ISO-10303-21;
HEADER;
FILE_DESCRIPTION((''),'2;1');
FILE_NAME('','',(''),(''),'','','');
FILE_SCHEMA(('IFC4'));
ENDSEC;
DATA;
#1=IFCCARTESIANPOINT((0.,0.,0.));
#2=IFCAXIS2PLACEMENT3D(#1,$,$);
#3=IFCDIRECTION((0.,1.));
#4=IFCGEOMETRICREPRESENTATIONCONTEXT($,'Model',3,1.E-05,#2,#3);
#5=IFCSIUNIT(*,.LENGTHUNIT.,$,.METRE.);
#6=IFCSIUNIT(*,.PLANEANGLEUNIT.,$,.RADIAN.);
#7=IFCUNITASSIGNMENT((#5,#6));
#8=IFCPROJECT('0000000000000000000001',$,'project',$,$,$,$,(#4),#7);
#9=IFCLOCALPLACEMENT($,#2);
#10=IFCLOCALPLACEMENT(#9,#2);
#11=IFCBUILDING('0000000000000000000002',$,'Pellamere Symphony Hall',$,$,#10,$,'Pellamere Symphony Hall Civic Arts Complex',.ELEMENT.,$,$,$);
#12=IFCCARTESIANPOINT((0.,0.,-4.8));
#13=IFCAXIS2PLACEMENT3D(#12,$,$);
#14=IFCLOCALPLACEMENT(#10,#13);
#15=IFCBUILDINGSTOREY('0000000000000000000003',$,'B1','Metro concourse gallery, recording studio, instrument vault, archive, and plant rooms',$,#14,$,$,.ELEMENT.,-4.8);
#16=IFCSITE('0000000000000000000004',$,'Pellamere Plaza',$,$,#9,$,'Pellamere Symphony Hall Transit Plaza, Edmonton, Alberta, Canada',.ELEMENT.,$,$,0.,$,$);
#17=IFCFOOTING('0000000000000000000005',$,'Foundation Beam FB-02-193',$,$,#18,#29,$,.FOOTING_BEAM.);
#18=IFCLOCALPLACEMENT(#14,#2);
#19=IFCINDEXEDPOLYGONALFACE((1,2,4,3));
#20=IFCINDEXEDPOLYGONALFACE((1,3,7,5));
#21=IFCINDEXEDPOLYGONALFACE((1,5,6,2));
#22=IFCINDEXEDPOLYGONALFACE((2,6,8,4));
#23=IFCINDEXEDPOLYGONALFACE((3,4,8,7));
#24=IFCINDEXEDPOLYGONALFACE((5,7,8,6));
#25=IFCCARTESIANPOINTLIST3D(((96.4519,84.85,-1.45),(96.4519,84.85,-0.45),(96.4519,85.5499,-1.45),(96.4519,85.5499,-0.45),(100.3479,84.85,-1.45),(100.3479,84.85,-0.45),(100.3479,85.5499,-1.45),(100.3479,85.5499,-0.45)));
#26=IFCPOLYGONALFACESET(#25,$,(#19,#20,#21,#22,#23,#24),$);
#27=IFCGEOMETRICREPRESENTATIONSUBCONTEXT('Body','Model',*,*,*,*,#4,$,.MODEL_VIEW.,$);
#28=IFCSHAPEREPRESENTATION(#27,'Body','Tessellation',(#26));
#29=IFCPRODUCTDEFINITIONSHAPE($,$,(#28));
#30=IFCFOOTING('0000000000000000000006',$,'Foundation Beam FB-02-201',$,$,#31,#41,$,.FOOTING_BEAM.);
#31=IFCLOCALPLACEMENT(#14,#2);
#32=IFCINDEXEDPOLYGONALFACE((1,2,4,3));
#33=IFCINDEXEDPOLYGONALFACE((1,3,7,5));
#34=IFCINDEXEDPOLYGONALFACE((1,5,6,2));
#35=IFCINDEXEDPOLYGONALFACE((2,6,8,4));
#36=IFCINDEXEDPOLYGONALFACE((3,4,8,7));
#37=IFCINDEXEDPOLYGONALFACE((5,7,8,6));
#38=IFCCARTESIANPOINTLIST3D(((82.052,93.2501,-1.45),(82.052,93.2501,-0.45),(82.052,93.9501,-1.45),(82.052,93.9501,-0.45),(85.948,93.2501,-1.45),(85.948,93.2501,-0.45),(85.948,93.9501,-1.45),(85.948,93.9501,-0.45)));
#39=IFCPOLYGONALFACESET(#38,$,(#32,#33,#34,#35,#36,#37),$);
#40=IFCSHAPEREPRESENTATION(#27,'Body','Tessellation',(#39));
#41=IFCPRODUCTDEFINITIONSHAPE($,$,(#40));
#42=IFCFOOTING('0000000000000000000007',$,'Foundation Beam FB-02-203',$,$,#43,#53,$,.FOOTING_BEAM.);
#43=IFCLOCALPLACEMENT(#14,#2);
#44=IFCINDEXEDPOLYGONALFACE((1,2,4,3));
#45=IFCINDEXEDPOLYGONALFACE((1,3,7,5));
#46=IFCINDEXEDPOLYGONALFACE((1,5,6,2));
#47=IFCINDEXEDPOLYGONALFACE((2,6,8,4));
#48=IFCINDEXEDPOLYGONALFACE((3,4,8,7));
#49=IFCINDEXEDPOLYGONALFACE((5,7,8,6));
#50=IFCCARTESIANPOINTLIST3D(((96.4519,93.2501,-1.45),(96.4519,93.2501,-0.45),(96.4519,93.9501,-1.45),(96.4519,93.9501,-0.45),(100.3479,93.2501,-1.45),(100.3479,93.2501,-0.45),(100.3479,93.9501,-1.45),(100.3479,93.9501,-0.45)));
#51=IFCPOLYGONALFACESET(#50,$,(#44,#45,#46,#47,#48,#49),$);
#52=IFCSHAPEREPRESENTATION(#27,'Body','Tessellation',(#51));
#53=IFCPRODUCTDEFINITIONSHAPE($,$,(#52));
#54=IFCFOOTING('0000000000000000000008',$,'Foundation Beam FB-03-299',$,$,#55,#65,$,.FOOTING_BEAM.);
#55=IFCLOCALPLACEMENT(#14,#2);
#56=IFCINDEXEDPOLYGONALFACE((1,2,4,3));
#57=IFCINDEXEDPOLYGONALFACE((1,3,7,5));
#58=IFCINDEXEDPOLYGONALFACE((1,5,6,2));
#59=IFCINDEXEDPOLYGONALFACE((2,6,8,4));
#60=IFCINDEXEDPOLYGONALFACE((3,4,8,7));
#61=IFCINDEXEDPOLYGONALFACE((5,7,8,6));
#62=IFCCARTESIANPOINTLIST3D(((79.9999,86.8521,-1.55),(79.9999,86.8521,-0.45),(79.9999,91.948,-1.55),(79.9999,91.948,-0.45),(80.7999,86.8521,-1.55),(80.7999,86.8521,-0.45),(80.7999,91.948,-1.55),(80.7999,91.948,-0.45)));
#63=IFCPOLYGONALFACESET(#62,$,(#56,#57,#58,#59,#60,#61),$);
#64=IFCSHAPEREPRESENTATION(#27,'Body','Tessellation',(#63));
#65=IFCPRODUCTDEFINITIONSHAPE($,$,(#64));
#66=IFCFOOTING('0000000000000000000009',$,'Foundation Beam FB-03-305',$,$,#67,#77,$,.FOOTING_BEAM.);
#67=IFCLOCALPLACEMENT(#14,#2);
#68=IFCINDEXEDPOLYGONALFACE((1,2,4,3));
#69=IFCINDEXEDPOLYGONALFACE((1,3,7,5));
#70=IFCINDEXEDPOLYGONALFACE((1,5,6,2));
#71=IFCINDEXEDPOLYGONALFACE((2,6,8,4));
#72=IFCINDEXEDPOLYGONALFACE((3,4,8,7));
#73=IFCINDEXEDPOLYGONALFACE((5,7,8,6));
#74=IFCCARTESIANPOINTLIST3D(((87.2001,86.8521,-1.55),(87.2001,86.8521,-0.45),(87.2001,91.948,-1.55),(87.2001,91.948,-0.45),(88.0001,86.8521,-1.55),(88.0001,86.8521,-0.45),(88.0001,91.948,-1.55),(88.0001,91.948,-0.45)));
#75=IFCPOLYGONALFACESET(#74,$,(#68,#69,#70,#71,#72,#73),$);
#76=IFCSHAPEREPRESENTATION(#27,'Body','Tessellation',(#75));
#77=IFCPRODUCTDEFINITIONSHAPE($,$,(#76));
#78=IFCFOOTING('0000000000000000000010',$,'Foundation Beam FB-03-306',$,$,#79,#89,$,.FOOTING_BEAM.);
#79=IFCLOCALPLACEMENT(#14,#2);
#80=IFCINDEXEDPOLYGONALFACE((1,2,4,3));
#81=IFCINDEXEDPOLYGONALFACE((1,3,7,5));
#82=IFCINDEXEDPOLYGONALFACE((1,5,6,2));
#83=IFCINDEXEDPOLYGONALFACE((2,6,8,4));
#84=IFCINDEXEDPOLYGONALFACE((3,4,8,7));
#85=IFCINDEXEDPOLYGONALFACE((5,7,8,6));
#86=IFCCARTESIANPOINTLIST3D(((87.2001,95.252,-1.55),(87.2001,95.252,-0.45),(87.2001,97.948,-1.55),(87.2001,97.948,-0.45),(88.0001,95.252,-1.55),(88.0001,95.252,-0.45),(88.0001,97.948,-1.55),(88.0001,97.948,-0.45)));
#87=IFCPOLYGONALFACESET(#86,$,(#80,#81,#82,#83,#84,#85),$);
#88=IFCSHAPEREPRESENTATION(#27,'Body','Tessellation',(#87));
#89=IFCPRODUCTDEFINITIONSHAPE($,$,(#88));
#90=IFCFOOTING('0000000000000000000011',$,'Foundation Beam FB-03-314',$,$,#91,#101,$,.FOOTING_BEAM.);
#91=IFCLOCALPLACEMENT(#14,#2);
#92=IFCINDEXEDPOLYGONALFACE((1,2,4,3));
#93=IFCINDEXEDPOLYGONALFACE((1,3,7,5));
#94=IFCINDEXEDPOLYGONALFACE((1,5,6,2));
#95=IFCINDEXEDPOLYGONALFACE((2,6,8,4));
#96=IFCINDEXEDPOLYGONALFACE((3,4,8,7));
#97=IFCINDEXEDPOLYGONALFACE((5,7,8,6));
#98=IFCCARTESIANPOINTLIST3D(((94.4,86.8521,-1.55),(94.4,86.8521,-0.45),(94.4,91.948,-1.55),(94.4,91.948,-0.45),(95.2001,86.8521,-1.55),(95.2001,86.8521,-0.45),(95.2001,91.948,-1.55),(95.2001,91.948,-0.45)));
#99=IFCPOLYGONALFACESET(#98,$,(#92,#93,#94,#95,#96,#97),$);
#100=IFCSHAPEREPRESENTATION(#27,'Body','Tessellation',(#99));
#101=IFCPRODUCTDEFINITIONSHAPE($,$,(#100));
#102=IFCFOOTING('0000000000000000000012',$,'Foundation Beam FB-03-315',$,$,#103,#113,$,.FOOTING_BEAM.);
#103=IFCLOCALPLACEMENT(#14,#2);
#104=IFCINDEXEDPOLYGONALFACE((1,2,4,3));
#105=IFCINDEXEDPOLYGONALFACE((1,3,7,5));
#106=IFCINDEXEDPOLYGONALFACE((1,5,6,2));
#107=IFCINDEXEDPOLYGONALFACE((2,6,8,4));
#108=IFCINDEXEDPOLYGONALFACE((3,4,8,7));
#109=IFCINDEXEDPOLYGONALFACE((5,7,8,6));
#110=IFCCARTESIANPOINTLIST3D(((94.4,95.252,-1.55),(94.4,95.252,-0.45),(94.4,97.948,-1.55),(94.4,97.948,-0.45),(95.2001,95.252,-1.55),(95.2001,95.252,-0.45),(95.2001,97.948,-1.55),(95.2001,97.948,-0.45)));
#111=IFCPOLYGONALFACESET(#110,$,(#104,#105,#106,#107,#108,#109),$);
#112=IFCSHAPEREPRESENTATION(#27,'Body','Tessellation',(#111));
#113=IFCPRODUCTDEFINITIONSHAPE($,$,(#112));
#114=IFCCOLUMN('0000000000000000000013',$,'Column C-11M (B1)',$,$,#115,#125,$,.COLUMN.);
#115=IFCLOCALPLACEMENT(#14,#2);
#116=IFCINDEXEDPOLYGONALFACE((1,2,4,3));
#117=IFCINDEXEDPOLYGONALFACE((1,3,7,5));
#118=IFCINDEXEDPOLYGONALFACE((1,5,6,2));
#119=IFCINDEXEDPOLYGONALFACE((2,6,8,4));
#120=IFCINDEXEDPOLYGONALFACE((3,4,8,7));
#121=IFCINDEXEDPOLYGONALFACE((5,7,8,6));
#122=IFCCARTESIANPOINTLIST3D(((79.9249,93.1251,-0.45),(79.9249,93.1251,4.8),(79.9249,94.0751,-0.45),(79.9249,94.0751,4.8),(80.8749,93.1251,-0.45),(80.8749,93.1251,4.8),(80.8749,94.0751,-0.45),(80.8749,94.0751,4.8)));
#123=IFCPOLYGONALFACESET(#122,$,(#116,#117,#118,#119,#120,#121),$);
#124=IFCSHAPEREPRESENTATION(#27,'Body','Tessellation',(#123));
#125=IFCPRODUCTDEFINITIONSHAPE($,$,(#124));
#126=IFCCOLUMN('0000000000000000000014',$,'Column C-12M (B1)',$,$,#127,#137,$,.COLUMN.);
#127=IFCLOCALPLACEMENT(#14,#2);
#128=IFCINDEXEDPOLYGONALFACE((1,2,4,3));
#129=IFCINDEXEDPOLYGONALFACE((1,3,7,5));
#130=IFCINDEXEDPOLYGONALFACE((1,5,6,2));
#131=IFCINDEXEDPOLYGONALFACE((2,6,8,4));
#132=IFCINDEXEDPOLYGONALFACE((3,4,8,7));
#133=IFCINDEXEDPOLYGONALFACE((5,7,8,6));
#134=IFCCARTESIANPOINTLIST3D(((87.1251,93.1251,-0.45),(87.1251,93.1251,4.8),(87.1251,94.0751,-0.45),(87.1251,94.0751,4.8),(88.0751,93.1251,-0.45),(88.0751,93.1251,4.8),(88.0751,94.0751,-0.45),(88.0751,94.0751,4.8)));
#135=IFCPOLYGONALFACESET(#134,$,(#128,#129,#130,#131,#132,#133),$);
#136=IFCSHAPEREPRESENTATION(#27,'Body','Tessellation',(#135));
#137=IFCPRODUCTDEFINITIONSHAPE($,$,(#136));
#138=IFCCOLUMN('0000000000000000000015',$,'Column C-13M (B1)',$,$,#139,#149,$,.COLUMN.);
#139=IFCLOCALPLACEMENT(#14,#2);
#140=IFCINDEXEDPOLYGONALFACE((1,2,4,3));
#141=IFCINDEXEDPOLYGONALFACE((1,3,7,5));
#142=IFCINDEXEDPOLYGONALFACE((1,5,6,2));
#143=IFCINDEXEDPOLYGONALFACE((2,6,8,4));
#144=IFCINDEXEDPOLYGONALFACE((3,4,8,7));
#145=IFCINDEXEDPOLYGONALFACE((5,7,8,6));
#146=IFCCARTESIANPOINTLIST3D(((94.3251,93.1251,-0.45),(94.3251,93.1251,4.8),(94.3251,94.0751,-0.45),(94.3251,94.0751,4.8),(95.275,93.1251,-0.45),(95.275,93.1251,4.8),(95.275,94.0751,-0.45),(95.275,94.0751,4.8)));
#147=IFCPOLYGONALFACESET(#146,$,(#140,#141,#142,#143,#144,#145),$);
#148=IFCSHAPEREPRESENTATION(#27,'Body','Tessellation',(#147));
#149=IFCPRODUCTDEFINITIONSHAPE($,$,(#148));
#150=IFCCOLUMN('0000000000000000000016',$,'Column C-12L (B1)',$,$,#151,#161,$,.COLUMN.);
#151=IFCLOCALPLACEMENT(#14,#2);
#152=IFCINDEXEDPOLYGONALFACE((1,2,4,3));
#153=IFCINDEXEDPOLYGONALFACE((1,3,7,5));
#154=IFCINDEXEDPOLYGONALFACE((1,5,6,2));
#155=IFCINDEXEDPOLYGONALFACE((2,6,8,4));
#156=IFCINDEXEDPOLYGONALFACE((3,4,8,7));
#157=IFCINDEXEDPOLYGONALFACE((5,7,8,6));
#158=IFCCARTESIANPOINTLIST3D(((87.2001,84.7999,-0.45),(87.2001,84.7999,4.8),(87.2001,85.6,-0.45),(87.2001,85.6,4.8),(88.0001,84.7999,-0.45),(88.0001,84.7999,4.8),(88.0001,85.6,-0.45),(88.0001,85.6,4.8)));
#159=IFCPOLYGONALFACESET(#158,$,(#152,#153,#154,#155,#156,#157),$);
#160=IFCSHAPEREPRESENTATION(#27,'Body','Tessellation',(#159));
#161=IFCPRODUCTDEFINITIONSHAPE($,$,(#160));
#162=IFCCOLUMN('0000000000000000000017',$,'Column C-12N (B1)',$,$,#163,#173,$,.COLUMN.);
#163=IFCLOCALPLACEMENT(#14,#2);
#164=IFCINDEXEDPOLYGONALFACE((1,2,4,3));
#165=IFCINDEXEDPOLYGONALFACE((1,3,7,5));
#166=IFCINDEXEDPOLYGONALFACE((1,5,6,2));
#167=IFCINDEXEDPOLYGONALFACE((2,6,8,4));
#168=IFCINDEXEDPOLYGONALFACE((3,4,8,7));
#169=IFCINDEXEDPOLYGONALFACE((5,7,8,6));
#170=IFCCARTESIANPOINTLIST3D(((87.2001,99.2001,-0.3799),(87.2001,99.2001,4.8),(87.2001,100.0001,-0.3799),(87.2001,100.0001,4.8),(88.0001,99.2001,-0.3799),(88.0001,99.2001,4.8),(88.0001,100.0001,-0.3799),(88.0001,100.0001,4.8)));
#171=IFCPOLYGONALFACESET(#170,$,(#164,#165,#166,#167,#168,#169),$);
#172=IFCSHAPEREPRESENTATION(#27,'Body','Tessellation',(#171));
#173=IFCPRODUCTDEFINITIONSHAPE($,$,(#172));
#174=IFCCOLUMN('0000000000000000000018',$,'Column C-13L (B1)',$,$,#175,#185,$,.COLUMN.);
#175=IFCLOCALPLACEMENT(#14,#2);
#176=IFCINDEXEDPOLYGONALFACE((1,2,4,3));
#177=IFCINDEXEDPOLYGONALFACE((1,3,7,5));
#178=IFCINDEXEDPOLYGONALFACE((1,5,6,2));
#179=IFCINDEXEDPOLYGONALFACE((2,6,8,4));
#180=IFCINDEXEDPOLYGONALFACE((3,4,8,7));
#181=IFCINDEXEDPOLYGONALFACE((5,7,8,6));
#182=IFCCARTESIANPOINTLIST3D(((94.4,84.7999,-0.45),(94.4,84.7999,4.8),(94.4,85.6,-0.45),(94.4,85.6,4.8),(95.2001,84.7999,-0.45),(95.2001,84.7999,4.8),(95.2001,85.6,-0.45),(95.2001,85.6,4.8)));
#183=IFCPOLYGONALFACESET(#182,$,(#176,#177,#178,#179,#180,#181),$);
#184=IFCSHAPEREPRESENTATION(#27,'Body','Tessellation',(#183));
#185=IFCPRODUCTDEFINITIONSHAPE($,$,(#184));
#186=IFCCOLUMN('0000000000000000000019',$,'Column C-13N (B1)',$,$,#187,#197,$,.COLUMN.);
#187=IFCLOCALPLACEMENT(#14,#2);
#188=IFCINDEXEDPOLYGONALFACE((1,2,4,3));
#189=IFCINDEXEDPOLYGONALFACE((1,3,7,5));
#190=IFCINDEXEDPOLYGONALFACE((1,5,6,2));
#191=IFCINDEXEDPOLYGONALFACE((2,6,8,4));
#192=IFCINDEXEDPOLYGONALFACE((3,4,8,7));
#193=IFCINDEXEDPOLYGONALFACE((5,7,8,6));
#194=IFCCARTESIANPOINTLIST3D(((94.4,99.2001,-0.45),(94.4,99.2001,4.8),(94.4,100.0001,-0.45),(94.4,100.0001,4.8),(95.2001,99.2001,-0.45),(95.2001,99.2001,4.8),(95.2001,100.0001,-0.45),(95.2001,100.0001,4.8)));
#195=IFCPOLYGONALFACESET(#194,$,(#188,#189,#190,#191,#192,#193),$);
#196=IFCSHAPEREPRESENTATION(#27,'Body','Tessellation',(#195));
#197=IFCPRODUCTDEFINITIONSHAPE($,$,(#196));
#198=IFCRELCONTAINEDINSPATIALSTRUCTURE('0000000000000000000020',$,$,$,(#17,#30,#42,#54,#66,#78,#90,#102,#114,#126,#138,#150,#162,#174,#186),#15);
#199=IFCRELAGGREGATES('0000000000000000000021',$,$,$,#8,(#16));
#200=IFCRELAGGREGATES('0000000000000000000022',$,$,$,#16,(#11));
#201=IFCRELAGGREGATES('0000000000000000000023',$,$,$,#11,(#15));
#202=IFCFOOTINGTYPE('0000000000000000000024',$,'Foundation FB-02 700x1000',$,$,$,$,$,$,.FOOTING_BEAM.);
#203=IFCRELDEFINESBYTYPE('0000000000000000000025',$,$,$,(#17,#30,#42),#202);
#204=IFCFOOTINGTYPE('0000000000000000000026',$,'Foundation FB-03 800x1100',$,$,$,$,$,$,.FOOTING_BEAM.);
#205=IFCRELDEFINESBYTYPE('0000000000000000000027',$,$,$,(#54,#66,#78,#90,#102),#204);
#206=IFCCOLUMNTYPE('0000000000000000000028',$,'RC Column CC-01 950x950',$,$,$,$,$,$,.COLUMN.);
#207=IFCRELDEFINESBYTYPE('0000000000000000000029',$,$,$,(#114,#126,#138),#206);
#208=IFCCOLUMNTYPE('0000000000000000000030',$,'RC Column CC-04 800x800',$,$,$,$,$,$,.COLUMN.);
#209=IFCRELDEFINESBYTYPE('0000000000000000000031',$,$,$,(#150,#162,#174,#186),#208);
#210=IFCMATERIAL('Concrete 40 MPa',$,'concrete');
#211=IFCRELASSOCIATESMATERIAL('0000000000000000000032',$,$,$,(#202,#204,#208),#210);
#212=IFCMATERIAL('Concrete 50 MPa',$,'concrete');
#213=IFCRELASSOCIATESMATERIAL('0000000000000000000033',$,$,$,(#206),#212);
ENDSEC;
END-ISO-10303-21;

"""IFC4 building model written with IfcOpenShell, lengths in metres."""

from ifc_helpers import new_model, si_unit, direction, frame, origin, origin_2d, place, context, subcontext, project, spatial, rectangle, extrude, material, material_profile, profile_set, type_object, element, save


model = new_model("IFC4")

# Units and contexts
model_context = context("Model", 3, precision=1e-05, world=origin(), true_north=direction((0.0, 1.0)))
body_context = subcontext(model_context, "Body", "Model", "MODEL_VIEW")
ifc_project = project(units=[si_unit("LENGTHUNIT", "METRE"), si_unit("PLANEANGLEUNIT", "RADIAN")], contexts=[model_context])

# Site, building, storey
site_placement = place(None, origin())
site = spatial("IfcSite", under=ifc_project, at=site_placement, Name="Pellamere Plaza", LongName="Pellamere Symphony Hall Transit Plaza, Edmonton, Alberta, Canada", CompositionType="ELEMENT", RefElevation=0.0)
building_placement = place(site_placement, origin())
building = spatial("IfcBuilding", under=site, at=building_placement, Name="Pellamere Symphony Hall", LongName="Pellamere Symphony Hall Civic Arts Complex", CompositionType="ELEMENT")
storey_placement = place(building_placement, frame((0.0, 0.0, -4.8)))
storey = spatial("IfcBuildingStorey", under=building, at=storey_placement, Name="B1", Description="Metro concourse gallery, recording studio, instrument vault, archive, and plant rooms", CompositionType="ELEMENT", Elevation=-4.8)

# Footings
ifc_material_1 = material(Name="Concrete 40 MPa", Category="concrete")
ifc_material_profile_1 = material_profile(ifc_material_1, rectangle(XDim=0.7, YDim=1.0, at=origin_2d()), Name="RC 700x1000")
ifc_profile_set_1 = profile_set([ifc_material_profile_1], Name="Concrete 40 MPa")
footing_type_1 = type_object("IfcFootingType", Name="Foundation FB-02 700x1000", PredefinedType="FOOTING_BEAM", material=ifc_profile_set_1)
for number, where, z_axis, x_axis, name in (
    (1, (96.4519, 85.2, -0.95), (1.0, 0.0, 0.0), (0.0, 1.0, 0.0), "Foundation Beam FB-02-193"),
    (2, (82.052, 93.6001, -0.95), (1.0, 0.0, 0.0), (0.0, 1.0, 0.0), "Foundation Beam FB-02-201"),
    (3, (96.4519, 93.6001, -0.95), (1.0, 0.0, 0.0), (0.0, 1.0, 0.0), "Foundation Beam FB-02-203"),
):
    element("IfcFooting", number, at=place(storey_placement, frame(where, z_axis=z_axis, x_axis=x_axis)), inside=storey, type_object=footing_type_1, Name=name, PredefinedType="FOOTING_BEAM", context=body_context, shape_type="SweptSolid", body=[
        extrude(rectangle(XDim=0.7, YDim=1.0, at=origin_2d()), origin(), (0.0, 0.0, 1.0), 3.896),
    ])
ifc_material_profile_2 = material_profile(ifc_material_1, rectangle(XDim=0.8, YDim=1.1001, at=origin_2d()), Name="RC 800x1100")
ifc_profile_set_2 = profile_set([ifc_material_profile_2], Name="Concrete 40 MPa")
footing_type_2 = type_object("IfcFootingType", Name="Foundation FB-03 800x1100", PredefinedType="FOOTING_BEAM", material=ifc_profile_set_2)
for number, where, z_axis, x_axis, name in (
    (4, (80.3999, 86.8521, -1.0), (0.0, 1.0, 0.0), (-1.0, 0.0, 0.0), "Foundation Beam FB-03-299"),
    (5, (87.6001, 86.8521, -1.0), (0.0, 1.0, 0.0), (-1.0, 0.0, 0.0), "Foundation Beam FB-03-305"),
):
    element("IfcFooting", number, at=place(storey_placement, frame(where, z_axis=z_axis, x_axis=x_axis)), inside=storey, type_object=footing_type_2, Name=name, PredefinedType="FOOTING_BEAM", context=body_context, shape_type="SweptSolid", body=[
        extrude(rectangle(XDim=0.8, YDim=1.1001, at=origin_2d()), origin(), (0.0, 0.0, 1.0), 5.0959),
    ])
footing_1_placement = place(storey_placement, frame((87.6001, 95.252, -1.0), z_axis=(0.0, 1.0, 0.0), x_axis=(-1.0, 0.0, 0.0)))
element("IfcFooting", 6, at=footing_1_placement, inside=storey, type_object=footing_type_2, Name="Foundation Beam FB-03-306", PredefinedType="FOOTING_BEAM", context=body_context, shape_type="SweptSolid", body=[
    extrude(rectangle(XDim=0.8, YDim=1.1001, at=origin_2d()), origin(), (0.0, 0.0, 1.0), 2.696),
])
footing_2_placement = place(storey_placement, frame((94.8, 86.8521, -1.0), z_axis=(0.0, 1.0, 0.0), x_axis=(-1.0, 0.0, 0.0)))
element("IfcFooting", 7, at=footing_2_placement, inside=storey, type_object=footing_type_2, Name="Foundation Beam FB-03-314", PredefinedType="FOOTING_BEAM", context=body_context, shape_type="SweptSolid", body=[
    extrude(rectangle(XDim=0.8, YDim=1.1001, at=origin_2d()), origin(), (0.0, 0.0, 1.0), 5.0959),
])
footing_3_placement = place(storey_placement, frame((94.8, 95.252, -1.0), z_axis=(0.0, 1.0, 0.0), x_axis=(-1.0, 0.0, 0.0)))
element("IfcFooting", 8, at=footing_3_placement, inside=storey, type_object=footing_type_2, Name="Foundation Beam FB-03-315", PredefinedType="FOOTING_BEAM", context=body_context, shape_type="SweptSolid", body=[
    extrude(rectangle(XDim=0.8, YDim=1.1001, at=origin_2d()), origin(), (0.0, 0.0, 1.0), 2.696),
])

# Columns
ifc_material_2 = material(Name="Concrete 50 MPa", Category="concrete")
ifc_material_profile_3 = material_profile(ifc_material_2, rectangle(XDim=0.95, YDim=0.95, at=origin_2d()), Name="RC 950x950")
ifc_profile_set_3 = profile_set([ifc_material_profile_3], Name="Concrete 50 MPa")
column_type_1 = type_object("IfcColumnType", Name="RC Column CC-01 950x950", PredefinedType="COLUMN", material=ifc_profile_set_3)
for number, where, z_axis, x_axis, name in (
    (9, (80.3999, 93.6001, -0.45), (0.0, 0.0, 1.0), (1.0, 0.0, 0.0), "Column C-11M (B1)"),
    (10, (87.6001, 93.6001, -0.45), (0.0, 0.0, 1.0), (1.0, 0.0, 0.0), "Column C-12M (B1)"),
    (11, (94.8, 93.6001, -0.45), (0.0, 0.0, 1.0), (1.0, 0.0, 0.0), "Column C-13M (B1)"),
):
    element("IfcColumn", number, at=place(storey_placement, frame(where, z_axis=z_axis, x_axis=x_axis)), inside=storey, type_object=column_type_1, Name=name, PredefinedType="COLUMN", context=body_context, shape_type="SweptSolid", body=[
        extrude(rectangle(XDim=0.95, YDim=0.95, at=origin_2d()), origin(), (0.0, 0.0, 1.0), 5.25),
    ])
ifc_material_profile_4 = material_profile(ifc_material_1, rectangle(XDim=0.8, YDim=0.8, at=origin_2d()), Name="RC 800x800")
ifc_profile_set_4 = profile_set([ifc_material_profile_4], Name="Concrete 40 MPa")
column_type_2 = type_object("IfcColumnType", Name="RC Column CC-04 800x800", PredefinedType="COLUMN", material=ifc_profile_set_4)
column_1_placement = place(storey_placement, frame((87.6001, 85.2, -0.45), z_axis=(0.0, 0.0, 1.0), x_axis=(1.0, 0.0, 0.0)))
element("IfcColumn", 12, at=column_1_placement, inside=storey, type_object=column_type_2, Name="Column C-12L (B1)", PredefinedType="COLUMN", context=body_context, shape_type="SweptSolid", body=[
    extrude(rectangle(XDim=0.8, YDim=0.8, at=origin_2d()), origin(), (0.0, 0.0, 1.0), 5.25),
])
column_2_placement = place(storey_placement, frame((87.6001, 99.6001, -0.3799), z_axis=(0.0, 0.0, 1.0), x_axis=(1.0, 0.0, 0.0)))
element("IfcColumn", 13, at=column_2_placement, inside=storey, type_object=column_type_2, Name="Column C-12N (B1)", PredefinedType="COLUMN", context=body_context, shape_type="SweptSolid", body=[
    extrude(rectangle(XDim=0.8, YDim=0.8, at=origin_2d()), origin(), (0.0, 0.0, 1.0), 5.1799),
])
for number, where, z_axis, x_axis, name in (
    (14, (94.8, 85.2, -0.45), (0.0, 0.0, 1.0), (1.0, 0.0, 0.0), "Column C-13L (B1)"),
    (15, (94.8, 99.6001, -0.45), (0.0, 0.0, 1.0), (1.0, 0.0, 0.0), "Column C-13N (B1)"),
):
    element("IfcColumn", number, at=place(storey_placement, frame(where, z_axis=z_axis, x_axis=x_axis)), inside=storey, type_object=column_type_2, Name=name, PredefinedType="COLUMN", context=body_context, shape_type="SweptSolid", body=[
        extrude(rectangle(XDim=0.8, YDim=0.8, at=origin_2d()), origin(), (0.0, 0.0, 1.0), 5.25),
    ])

save(model, "model.ifc")
